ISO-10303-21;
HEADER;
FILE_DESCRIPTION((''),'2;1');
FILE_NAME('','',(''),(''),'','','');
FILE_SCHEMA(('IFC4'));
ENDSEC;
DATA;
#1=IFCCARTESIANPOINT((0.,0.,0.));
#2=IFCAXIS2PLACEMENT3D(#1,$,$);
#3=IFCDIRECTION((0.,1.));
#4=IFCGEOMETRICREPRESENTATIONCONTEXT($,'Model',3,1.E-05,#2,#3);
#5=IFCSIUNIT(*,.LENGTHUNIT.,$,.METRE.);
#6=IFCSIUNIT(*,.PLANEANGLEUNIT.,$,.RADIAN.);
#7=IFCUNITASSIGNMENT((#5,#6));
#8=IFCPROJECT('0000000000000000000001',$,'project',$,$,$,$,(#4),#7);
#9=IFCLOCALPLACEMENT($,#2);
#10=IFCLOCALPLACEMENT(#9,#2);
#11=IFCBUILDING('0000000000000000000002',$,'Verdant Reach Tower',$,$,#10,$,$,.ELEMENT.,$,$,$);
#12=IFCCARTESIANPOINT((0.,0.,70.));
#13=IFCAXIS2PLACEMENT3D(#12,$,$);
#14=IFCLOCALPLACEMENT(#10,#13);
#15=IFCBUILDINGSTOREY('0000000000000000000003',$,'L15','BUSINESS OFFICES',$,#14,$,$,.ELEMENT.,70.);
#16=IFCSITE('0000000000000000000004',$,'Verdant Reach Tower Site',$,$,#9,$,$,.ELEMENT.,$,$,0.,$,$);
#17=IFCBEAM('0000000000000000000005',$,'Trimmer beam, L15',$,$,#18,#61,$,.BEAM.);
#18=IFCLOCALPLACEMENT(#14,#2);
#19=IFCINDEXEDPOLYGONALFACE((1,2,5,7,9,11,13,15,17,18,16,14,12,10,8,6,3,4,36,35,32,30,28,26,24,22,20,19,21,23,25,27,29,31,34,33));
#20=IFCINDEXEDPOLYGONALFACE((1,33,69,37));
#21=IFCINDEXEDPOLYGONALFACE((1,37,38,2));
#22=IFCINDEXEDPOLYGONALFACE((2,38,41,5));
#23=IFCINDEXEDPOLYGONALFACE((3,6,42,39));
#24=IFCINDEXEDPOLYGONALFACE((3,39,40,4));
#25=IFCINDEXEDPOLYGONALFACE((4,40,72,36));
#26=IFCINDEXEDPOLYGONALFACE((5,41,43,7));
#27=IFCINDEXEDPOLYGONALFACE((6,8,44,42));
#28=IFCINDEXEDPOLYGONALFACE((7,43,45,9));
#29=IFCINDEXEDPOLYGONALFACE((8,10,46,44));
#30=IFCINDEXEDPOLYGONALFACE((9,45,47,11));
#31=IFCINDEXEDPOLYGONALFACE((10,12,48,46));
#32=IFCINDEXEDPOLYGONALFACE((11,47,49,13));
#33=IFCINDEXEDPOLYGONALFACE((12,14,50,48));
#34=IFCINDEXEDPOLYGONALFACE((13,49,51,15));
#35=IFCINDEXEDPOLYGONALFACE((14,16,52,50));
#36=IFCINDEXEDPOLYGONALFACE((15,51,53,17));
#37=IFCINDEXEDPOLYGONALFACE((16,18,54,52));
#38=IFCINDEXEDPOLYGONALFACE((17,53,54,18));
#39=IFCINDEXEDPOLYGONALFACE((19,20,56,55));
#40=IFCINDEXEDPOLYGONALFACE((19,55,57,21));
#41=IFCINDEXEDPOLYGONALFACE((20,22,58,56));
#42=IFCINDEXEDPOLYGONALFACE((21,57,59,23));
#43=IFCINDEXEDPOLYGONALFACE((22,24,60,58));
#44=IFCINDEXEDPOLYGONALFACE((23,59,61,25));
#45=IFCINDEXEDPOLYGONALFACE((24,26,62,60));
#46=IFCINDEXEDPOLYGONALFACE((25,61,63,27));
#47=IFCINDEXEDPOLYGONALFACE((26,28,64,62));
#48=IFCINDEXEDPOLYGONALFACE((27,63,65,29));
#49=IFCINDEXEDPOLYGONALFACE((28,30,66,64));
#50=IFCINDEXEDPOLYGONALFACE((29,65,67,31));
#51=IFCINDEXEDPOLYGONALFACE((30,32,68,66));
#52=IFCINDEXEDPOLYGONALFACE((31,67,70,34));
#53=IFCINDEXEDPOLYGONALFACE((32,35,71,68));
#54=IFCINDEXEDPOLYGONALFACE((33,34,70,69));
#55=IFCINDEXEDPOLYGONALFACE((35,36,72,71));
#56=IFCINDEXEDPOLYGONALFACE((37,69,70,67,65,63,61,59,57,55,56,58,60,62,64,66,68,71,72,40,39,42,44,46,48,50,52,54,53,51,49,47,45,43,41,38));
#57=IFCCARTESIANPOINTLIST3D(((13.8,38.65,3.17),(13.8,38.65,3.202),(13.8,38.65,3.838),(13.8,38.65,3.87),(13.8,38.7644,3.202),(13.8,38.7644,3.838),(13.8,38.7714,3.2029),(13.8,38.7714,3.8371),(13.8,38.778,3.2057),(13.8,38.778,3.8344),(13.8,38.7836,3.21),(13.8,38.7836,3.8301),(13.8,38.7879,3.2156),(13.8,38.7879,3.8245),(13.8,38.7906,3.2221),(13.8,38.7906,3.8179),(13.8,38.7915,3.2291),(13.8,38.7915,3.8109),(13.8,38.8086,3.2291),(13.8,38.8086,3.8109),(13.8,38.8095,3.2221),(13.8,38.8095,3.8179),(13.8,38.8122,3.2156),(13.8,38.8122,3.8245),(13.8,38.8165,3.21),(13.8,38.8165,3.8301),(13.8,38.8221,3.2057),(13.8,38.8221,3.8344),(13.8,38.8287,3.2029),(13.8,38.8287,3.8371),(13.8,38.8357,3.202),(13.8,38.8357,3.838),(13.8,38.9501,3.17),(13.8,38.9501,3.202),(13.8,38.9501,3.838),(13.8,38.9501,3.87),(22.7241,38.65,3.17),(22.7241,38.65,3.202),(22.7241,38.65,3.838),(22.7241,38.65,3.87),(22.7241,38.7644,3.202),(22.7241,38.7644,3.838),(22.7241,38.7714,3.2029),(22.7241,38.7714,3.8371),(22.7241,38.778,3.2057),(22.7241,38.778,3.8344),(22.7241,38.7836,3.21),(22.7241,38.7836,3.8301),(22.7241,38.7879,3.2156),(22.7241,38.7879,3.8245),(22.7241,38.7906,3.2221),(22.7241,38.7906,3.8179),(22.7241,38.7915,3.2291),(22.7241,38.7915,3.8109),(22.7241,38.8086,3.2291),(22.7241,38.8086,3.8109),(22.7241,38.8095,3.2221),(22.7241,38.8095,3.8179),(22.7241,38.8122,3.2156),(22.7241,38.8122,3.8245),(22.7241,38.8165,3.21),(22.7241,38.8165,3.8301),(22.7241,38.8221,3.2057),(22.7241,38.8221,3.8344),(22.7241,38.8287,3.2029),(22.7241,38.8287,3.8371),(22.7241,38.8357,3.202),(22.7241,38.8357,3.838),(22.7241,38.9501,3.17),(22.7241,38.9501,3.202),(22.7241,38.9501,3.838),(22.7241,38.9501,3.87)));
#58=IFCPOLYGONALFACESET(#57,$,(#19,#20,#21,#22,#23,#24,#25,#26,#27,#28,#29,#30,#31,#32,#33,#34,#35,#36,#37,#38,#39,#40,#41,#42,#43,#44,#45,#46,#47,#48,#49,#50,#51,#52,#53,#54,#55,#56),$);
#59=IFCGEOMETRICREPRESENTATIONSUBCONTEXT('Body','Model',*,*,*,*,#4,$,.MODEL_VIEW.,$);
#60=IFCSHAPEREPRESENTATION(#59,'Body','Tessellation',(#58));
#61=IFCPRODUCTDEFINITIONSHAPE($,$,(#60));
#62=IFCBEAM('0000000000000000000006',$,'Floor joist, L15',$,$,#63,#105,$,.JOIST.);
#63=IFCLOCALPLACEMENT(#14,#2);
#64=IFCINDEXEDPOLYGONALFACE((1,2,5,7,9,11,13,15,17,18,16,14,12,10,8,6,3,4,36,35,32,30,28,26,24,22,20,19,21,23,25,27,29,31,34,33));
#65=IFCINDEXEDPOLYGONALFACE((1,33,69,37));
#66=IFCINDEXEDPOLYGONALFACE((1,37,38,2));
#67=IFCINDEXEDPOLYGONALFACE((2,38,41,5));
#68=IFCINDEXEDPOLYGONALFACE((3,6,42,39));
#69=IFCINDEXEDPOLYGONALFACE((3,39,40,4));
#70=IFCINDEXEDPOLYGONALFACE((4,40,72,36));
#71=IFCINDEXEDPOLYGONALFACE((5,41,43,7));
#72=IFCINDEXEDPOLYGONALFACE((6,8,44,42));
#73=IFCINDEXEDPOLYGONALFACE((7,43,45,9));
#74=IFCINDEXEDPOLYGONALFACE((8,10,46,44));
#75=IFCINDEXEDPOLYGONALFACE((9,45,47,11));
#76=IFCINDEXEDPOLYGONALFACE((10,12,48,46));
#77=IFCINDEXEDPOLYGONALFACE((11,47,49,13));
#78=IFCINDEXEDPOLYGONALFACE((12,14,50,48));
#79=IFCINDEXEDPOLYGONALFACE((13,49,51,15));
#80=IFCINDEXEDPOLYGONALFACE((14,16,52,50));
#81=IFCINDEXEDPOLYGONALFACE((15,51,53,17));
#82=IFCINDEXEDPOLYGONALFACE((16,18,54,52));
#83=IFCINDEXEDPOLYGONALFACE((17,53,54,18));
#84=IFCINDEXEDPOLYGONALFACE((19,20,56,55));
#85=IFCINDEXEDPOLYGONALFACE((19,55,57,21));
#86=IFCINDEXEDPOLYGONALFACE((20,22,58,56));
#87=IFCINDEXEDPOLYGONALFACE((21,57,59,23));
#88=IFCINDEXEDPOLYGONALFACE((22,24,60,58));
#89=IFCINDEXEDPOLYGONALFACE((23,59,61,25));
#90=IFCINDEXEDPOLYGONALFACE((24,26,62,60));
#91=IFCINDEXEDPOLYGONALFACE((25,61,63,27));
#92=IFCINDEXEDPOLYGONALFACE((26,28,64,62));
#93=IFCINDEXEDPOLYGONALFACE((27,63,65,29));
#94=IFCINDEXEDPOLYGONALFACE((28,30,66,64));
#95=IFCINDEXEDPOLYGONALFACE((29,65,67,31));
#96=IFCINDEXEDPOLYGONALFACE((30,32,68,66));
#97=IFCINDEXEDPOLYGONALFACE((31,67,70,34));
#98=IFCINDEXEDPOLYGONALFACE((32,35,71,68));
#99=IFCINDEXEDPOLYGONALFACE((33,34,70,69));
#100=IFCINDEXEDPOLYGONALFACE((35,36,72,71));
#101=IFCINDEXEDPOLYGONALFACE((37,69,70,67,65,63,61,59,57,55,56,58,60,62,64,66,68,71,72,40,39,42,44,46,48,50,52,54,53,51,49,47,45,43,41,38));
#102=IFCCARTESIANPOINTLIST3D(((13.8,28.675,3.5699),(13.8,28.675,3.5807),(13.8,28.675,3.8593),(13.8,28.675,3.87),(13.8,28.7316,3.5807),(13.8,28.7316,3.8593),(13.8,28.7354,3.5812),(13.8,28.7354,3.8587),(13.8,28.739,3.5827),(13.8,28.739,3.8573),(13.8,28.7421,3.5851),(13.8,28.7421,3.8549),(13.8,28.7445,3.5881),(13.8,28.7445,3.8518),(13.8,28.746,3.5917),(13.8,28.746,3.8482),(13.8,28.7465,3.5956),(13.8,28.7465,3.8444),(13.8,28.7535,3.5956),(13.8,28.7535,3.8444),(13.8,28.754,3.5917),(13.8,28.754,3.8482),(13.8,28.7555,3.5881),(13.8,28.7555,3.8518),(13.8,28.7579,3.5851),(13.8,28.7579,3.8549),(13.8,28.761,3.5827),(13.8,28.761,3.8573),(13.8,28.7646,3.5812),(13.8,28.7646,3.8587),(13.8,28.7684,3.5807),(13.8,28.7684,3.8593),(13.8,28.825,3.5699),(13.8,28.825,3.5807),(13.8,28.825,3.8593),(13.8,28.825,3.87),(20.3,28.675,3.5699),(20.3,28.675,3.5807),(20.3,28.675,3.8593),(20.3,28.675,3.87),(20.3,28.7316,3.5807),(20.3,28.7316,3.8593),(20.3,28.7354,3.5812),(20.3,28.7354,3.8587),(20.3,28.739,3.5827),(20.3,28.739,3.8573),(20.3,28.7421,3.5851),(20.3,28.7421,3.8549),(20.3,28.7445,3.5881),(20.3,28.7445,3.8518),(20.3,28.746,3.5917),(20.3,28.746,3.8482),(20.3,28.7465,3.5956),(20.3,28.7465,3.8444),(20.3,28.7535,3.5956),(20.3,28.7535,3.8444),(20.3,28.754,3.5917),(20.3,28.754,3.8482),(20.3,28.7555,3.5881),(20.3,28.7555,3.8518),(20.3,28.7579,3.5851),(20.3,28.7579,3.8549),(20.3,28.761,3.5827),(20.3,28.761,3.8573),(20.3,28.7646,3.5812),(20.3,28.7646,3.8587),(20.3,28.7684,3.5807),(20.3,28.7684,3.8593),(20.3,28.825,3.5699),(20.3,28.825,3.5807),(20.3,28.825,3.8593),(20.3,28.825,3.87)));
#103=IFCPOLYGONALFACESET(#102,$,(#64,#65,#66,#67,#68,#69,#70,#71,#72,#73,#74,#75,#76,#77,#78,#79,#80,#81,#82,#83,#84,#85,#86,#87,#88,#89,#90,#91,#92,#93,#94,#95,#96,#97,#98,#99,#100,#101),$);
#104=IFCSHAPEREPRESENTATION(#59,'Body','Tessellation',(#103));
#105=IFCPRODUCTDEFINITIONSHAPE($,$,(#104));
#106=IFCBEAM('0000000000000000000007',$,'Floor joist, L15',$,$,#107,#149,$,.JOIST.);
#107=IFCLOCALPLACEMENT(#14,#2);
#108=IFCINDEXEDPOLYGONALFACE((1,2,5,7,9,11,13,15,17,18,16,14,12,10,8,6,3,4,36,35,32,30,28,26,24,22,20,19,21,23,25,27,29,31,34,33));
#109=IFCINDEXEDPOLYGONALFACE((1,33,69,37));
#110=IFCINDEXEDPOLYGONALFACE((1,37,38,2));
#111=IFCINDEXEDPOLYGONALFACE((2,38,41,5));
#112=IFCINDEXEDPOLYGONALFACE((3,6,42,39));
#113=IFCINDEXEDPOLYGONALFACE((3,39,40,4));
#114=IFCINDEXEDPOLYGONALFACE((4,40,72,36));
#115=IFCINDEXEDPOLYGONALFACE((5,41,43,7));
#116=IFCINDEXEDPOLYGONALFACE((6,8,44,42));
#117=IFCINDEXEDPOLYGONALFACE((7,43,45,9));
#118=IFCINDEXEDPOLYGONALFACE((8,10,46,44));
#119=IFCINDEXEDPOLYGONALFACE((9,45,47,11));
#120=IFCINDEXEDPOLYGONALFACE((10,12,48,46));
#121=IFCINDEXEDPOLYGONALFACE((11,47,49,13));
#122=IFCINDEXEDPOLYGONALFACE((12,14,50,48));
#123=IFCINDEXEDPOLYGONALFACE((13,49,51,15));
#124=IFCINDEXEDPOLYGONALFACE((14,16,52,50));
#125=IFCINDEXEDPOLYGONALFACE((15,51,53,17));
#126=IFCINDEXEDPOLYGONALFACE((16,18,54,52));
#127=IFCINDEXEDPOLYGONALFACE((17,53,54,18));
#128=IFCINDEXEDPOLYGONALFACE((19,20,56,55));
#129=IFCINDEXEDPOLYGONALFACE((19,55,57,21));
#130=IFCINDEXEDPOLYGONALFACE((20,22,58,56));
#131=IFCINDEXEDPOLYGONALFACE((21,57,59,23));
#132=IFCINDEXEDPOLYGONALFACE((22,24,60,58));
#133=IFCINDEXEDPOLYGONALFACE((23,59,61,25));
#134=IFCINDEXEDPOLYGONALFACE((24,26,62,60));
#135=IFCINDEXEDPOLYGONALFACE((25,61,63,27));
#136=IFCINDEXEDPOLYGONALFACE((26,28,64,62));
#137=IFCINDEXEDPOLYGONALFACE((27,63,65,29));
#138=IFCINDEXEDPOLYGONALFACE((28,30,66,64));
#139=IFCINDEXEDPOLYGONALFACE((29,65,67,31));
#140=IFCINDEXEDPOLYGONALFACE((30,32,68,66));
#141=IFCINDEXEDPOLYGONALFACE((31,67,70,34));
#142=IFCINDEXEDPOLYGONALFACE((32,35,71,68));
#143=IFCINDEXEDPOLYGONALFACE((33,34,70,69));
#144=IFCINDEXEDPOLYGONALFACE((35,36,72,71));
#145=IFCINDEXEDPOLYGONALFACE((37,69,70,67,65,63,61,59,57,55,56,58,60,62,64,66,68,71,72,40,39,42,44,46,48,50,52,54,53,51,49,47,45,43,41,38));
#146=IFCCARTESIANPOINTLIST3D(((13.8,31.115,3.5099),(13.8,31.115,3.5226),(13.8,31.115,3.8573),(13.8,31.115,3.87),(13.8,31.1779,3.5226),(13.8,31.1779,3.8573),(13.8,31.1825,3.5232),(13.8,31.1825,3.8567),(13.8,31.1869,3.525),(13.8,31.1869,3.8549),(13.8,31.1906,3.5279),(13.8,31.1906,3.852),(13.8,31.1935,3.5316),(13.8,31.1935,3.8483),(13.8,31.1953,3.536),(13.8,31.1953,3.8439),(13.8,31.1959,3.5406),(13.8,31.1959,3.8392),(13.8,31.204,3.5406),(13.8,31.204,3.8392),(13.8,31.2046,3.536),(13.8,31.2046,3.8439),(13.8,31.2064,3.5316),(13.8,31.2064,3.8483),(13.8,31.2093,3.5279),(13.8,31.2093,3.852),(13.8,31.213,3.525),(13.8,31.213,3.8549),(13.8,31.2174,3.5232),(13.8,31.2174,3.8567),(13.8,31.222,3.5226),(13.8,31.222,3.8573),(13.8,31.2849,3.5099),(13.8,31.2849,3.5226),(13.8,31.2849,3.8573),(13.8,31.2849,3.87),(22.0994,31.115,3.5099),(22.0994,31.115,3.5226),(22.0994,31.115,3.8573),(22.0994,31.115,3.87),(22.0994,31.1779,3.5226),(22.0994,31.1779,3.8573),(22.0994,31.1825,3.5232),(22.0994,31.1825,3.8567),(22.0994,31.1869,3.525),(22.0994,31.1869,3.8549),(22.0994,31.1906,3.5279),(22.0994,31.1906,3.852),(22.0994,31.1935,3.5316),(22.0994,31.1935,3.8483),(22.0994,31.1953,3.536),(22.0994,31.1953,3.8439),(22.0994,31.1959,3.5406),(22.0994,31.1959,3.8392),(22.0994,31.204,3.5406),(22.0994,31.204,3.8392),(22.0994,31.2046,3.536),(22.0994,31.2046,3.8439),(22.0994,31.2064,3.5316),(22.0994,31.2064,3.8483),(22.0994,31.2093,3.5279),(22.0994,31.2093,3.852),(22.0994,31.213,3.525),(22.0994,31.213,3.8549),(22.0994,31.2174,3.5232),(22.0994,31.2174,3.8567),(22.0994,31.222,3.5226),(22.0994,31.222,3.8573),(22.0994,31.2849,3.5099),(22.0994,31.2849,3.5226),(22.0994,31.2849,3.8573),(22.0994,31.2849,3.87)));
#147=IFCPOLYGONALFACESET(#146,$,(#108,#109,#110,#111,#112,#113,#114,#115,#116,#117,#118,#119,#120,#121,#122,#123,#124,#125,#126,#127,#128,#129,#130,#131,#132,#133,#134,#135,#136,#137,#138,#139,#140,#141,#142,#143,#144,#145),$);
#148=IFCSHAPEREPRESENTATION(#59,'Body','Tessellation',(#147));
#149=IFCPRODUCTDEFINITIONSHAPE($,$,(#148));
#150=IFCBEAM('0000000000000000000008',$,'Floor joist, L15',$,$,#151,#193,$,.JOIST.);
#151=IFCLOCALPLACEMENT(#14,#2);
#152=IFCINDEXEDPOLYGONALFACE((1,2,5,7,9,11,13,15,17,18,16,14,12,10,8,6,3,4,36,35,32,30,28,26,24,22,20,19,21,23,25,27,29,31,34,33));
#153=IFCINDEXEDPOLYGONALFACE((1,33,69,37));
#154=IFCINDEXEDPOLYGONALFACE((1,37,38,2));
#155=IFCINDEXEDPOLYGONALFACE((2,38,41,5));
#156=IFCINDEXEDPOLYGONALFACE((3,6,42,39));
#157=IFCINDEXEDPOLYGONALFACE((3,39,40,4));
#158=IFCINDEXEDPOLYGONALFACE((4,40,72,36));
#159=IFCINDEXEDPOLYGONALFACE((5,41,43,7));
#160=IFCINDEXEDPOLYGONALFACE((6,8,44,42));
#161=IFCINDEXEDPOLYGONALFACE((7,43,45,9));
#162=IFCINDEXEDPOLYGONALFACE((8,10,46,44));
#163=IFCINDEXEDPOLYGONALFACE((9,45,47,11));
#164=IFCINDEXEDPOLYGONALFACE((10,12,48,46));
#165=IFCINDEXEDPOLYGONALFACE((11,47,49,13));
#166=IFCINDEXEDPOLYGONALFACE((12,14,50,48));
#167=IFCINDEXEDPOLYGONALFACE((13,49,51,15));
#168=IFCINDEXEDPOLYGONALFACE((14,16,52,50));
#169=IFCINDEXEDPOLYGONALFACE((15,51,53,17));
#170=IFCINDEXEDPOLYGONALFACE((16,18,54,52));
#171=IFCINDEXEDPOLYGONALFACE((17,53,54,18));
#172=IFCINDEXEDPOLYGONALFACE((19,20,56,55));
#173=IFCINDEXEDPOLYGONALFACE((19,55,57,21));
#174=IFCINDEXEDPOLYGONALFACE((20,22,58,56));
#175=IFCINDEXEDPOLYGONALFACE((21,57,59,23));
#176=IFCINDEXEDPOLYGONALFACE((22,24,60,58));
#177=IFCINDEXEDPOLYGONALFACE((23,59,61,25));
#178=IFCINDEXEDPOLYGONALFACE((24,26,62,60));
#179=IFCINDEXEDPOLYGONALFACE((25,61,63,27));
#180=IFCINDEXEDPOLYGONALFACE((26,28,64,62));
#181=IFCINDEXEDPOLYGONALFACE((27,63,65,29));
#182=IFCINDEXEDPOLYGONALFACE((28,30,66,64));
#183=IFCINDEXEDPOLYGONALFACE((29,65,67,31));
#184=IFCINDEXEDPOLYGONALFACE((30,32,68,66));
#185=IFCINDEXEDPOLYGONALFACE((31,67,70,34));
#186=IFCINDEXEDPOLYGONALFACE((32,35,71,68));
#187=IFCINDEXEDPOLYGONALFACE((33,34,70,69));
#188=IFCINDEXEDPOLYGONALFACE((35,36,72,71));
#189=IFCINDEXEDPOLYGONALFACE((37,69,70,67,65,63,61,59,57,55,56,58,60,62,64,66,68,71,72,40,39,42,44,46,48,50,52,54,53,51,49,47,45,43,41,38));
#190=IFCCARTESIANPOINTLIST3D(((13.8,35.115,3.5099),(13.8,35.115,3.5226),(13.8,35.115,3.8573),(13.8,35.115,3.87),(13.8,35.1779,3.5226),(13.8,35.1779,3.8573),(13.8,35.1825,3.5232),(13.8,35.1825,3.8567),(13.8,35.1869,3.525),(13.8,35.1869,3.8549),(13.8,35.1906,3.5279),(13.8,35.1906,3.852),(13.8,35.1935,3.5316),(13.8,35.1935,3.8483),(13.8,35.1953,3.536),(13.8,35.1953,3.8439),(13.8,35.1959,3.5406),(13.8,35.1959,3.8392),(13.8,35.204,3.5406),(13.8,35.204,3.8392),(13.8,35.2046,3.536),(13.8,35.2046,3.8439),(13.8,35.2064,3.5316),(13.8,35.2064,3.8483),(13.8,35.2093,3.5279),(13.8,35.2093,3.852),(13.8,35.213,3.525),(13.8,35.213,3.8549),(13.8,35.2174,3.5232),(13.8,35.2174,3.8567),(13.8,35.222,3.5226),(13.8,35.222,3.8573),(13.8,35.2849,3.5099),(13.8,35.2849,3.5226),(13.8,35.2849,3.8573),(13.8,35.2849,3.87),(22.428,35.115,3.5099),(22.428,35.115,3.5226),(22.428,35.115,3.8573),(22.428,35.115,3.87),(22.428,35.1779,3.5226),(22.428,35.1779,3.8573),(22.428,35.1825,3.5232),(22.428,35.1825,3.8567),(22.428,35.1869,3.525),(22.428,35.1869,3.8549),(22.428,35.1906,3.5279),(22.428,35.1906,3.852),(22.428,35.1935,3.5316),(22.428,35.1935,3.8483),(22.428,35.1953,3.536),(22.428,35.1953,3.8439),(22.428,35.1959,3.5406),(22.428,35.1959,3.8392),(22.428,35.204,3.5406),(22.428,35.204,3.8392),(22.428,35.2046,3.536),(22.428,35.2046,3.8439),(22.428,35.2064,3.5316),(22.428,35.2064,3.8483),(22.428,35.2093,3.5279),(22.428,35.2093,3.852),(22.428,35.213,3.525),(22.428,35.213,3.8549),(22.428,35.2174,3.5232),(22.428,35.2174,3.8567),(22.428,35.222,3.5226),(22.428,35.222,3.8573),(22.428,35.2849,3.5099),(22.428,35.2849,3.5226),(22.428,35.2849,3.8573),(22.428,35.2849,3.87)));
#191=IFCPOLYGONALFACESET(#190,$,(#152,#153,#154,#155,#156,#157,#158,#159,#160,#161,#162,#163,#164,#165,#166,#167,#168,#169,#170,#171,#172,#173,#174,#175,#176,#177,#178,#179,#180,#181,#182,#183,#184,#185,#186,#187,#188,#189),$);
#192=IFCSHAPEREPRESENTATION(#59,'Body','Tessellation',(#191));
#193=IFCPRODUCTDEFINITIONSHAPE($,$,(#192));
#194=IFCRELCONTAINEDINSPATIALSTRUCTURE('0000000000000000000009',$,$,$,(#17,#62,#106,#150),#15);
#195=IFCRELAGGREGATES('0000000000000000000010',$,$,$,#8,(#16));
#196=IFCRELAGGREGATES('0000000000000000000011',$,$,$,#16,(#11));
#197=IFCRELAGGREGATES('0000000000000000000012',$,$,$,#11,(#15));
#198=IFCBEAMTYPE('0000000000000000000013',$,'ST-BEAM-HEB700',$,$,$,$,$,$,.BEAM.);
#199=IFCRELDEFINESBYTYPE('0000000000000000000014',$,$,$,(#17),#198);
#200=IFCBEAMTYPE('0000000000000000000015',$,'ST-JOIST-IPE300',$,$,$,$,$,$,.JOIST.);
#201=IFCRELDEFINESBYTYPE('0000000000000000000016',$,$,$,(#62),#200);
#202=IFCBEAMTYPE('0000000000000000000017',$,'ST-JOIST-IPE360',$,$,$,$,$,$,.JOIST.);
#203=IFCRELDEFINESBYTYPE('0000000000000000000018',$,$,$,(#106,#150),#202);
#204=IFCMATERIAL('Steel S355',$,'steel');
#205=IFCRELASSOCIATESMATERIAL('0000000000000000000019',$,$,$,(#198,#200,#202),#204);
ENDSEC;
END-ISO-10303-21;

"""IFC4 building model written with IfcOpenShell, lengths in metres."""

from ifc_helpers import new_model, si_unit, direction, frame, origin, origin_2d, place, context, subcontext, project, spatial, i_section, extrude, material, material_profile, profile_set, type_object, element, save


model = new_model("IFC4")

# Units and contexts
model_context = context("Model", 3, precision=1e-05, world=origin(), true_north=direction((0.0, 1.0)))
body_context = subcontext(model_context, "Body", "Model", "MODEL_VIEW")
ifc_project = project(units=[si_unit("LENGTHUNIT", "METRE"), si_unit("PLANEANGLEUNIT", "RADIAN")], contexts=[model_context])

# Site, building, storey
site_placement = place(None, origin())
site = spatial("IfcSite", under=ifc_project, at=site_placement, Name="Verdant Reach Tower Site", CompositionType="ELEMENT", RefElevation=0.0)
building_placement = place(site_placement, origin())
building = spatial("IfcBuilding", under=site, at=building_placement, Name="Verdant Reach Tower", CompositionType="ELEMENT")
storey_placement = place(building_placement, frame((0.0, 0.0, 70.0)))
storey = spatial("IfcBuildingStorey", under=building, at=storey_placement, Name="L15", Description="BUSINESS OFFICES", CompositionType="ELEMENT", Elevation=70.0)

# Beams
ifc_material_1 = material(Name="Steel S355", Category="steel")
ifc_material_profile_1 = material_profile(ifc_material_1, i_section(OverallWidth=0.3, OverallDepth=0.7, WebThickness=0.0171, FlangeThickness=0.032, FilletRadius=0.0271, at=origin_2d()), Name="HEB 700")
ifc_profile_set_1 = profile_set([ifc_material_profile_1], Name="Steel S355")
beam_type_1 = type_object("IfcBeamType", Name="ST-BEAM-HEB700", PredefinedType="BEAM", material=ifc_profile_set_1)
beam_1_placement = place(storey_placement, frame((13.8, 38.8, 3.52), z_axis=(1.0, 0.0, 0.0), x_axis=(0.0, 1.0, 0.0)))
element("IfcBeam", 1, at=beam_1_placement, inside=storey, type_object=beam_type_1, Name="Trimmer beam, L15", PredefinedType="BEAM", context=body_context, shape_type="SweptSolid", body=[
    extrude(i_section(OverallWidth=0.3, OverallDepth=0.7, WebThickness=0.0171, FlangeThickness=0.032, FilletRadius=0.0271, at=origin_2d()), origin(), (0.0, 0.0, 1.0), 8.9241),
])
ifc_material_profile_2 = material_profile(ifc_material_1, i_section(OverallWidth=0.1499, OverallDepth=0.3, WebThickness=0.0071, FlangeThickness=0.0107, FilletRadius=0.0149, at=origin_2d()), Name="IPE 300")
ifc_profile_set_2 = profile_set([ifc_material_profile_2], Name="Steel S355")
beam_type_2 = type_object("IfcBeamType", Name="ST-JOIST-IPE300", PredefinedType="JOIST", material=ifc_profile_set_2)
beam_2_placement = place(storey_placement, frame((13.8, 28.75, 3.72), z_axis=(1.0, 0.0, 0.0), x_axis=(0.0, 1.0, 0.0)))
element("IfcBeam", 2, at=beam_2_placement, inside=storey, type_object=beam_type_2, Name="Floor joist, L15", PredefinedType="JOIST", context=body_context, shape_type="SweptSolid", body=[
    extrude(i_section(OverallWidth=0.1499, OverallDepth=0.3, WebThickness=0.0071, FlangeThickness=0.0107, FilletRadius=0.0149, at=origin_2d()), origin(), (0.0, 0.0, 1.0), 6.5),
])
ifc_material_profile_3 = material_profile(ifc_material_1, i_section(OverallWidth=0.1699, OverallDepth=0.3601, WebThickness=0.0081, FlangeThickness=0.0127, FilletRadius=0.0181, at=origin_2d()), Name="IPE 360")
ifc_profile_set_3 = profile_set([ifc_material_profile_3], Name="Steel S355")
beam_type_3 = type_object("IfcBeamType", Name="ST-JOIST-IPE360", PredefinedType="JOIST", material=ifc_profile_set_3)
beam_3_placement = place(storey_placement, frame((13.8, 31.2, 3.6899), z_axis=(1.0, 0.0, 0.0), x_axis=(0.0, 1.0, 0.0)))
element("IfcBeam", 3, at=beam_3_placement, inside=storey, type_object=beam_type_3, Name="Floor joist, L15", PredefinedType="JOIST", context=body_context, shape_type="SweptSolid", body=[
    extrude(i_section(OverallWidth=0.1699, OverallDepth=0.3601, WebThickness=0.0081, FlangeThickness=0.0127, FilletRadius=0.0181, at=origin_2d()), origin(), (0.0, 0.0, 1.0), 8.2993),
])
beam_4_placement = place(storey_placement, frame((13.8, 35.2, 3.6899), z_axis=(1.0, 0.0, 0.0), x_axis=(0.0, 1.0, 0.0)))
element("IfcBeam", 4, at=beam_4_placement, inside=storey, type_object=beam_type_3, Name="Floor joist, L15", PredefinedType="JOIST", context=body_context, shape_type="SweptSolid", body=[
    extrude(i_section(OverallWidth=0.1699, OverallDepth=0.3601, WebThickness=0.0081, FlangeThickness=0.0127, FilletRadius=0.0181, at=origin_2d()), origin(), (0.0, 0.0, 1.0), 8.6279),
])

save(model, "model.ifc")
